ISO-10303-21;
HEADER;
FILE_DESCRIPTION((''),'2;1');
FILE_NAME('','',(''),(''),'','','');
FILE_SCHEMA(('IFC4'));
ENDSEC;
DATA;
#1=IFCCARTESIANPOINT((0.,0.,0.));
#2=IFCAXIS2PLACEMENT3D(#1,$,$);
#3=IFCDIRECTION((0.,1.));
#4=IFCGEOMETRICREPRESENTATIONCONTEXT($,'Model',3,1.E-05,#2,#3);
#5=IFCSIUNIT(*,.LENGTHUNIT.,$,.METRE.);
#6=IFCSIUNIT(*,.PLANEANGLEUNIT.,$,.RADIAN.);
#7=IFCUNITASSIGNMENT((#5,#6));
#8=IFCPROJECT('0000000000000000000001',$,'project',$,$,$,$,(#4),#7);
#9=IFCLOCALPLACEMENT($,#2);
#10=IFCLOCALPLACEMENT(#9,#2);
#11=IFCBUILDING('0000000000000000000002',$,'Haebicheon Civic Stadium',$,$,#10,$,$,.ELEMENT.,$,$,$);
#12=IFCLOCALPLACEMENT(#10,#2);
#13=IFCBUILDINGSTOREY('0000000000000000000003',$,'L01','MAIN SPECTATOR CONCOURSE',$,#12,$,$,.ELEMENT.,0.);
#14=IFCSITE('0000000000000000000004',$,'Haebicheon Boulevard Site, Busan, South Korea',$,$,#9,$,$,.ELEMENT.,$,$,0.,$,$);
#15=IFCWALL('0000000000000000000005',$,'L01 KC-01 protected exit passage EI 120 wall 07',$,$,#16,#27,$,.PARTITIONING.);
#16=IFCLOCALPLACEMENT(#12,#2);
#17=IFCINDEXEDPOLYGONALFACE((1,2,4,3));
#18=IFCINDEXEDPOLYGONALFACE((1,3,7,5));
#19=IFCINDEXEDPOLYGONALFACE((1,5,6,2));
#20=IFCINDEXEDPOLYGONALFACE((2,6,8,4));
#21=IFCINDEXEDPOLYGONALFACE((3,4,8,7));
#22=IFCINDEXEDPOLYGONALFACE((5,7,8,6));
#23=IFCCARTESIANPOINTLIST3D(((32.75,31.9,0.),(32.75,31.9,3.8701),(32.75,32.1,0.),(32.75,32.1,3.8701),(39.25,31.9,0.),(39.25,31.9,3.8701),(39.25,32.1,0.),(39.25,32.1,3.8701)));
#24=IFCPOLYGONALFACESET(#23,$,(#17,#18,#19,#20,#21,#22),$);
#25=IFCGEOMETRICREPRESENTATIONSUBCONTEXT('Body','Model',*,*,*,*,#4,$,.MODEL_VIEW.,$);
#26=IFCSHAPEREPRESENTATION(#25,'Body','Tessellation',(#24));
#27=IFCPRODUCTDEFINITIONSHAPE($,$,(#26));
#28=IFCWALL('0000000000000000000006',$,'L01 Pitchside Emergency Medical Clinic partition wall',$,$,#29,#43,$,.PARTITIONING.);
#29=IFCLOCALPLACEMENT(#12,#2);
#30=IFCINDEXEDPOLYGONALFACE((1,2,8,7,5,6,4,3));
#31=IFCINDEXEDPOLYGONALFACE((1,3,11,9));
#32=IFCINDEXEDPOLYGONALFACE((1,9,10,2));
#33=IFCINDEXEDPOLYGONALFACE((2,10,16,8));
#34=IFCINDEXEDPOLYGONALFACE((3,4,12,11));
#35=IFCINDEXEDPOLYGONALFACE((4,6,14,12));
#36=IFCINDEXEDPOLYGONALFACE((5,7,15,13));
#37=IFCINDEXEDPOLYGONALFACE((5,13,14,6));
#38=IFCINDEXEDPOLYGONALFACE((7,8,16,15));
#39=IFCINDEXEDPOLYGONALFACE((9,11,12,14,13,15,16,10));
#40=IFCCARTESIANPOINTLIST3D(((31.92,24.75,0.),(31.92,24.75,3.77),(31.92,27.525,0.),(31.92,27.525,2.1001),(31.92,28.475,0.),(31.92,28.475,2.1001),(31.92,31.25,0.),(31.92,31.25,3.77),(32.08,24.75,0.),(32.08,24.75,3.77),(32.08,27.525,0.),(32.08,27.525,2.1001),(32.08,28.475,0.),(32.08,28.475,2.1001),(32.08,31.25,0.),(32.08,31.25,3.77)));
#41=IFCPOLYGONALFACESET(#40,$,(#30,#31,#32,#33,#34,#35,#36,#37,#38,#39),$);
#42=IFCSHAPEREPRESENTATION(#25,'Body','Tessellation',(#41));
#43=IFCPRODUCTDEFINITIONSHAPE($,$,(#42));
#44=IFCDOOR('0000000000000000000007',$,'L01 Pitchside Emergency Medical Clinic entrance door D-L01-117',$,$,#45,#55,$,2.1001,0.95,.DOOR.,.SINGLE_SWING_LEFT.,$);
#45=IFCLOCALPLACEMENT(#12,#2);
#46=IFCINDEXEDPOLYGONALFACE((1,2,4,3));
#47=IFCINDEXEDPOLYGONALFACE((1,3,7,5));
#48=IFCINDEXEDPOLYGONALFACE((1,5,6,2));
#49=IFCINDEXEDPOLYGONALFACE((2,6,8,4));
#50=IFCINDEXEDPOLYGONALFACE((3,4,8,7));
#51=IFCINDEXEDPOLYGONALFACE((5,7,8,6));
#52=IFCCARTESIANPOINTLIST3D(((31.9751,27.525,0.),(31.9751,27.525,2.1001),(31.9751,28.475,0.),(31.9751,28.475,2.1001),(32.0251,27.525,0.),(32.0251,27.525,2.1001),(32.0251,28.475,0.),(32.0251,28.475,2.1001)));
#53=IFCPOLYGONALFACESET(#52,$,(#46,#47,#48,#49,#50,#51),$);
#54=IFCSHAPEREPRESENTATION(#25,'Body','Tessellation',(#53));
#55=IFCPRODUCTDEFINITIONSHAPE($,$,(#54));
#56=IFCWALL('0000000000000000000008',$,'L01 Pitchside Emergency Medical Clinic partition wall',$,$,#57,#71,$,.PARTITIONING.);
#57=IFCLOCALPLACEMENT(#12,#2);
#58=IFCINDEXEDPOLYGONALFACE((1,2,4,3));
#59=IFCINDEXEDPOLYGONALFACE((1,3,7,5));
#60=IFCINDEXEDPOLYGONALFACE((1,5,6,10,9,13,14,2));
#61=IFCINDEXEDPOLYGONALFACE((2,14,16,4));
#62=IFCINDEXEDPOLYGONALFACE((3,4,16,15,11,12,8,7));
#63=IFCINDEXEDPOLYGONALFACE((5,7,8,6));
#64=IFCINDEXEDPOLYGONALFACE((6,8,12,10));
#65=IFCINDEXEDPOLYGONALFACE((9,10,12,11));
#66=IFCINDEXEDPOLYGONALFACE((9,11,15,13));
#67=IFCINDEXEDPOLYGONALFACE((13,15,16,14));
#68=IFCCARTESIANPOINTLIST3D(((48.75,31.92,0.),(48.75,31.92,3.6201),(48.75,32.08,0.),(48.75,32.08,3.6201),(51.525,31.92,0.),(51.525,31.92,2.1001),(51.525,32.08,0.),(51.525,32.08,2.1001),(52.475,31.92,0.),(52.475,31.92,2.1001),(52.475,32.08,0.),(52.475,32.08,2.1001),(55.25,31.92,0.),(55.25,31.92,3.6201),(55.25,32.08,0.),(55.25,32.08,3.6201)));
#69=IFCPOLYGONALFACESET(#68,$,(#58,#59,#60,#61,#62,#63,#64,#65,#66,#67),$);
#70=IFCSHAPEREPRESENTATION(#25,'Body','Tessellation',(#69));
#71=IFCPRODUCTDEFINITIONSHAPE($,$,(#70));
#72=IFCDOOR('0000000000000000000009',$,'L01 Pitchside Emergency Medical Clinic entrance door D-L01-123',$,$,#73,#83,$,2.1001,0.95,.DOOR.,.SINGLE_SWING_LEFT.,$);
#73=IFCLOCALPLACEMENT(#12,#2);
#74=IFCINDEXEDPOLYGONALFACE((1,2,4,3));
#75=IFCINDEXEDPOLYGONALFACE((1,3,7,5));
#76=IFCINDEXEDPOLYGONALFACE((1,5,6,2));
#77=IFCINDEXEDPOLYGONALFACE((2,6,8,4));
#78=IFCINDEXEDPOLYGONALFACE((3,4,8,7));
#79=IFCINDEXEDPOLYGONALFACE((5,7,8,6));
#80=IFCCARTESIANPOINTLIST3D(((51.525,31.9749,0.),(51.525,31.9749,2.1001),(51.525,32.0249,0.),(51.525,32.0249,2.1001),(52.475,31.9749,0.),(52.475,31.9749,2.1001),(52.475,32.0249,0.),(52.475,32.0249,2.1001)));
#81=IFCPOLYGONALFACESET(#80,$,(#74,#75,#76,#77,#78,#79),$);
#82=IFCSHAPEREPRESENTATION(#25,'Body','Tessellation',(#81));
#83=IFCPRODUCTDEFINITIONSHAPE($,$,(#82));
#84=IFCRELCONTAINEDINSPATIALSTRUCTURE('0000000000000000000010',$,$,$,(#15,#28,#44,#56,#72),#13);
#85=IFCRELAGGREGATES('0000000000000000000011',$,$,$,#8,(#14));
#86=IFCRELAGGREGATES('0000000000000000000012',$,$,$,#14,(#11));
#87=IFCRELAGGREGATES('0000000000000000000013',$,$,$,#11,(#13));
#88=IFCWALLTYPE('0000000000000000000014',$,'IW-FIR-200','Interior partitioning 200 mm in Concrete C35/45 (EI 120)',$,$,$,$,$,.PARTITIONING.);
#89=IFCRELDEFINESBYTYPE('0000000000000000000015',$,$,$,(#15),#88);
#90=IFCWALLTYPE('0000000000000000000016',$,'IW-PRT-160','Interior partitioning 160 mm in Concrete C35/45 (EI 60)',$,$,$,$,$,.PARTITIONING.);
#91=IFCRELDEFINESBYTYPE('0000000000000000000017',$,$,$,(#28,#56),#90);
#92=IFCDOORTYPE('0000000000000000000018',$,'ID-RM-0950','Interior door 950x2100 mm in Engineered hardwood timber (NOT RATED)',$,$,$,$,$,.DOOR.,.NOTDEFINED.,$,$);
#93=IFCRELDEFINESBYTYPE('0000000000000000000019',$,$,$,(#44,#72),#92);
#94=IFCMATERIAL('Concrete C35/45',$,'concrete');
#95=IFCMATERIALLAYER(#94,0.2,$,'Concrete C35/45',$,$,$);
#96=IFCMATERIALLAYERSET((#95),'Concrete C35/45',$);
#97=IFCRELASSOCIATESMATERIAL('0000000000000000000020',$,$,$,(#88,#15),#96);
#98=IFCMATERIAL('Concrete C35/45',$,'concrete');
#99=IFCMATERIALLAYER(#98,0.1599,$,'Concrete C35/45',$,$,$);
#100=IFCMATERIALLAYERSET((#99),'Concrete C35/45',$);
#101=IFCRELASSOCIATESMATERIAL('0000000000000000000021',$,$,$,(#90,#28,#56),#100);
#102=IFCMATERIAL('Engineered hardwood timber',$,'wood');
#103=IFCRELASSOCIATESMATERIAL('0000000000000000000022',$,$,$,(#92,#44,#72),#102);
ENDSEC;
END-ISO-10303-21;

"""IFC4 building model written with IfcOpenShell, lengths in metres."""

from ifc_helpers import new_model, si_unit, direction, frame, frame_2d, origin, place, context, subcontext, project, spatial, rectangle, extrude, material, layer, layer_set, type_object, element, fill, save


model = new_model("IFC4")

# Units and contexts
model_context = context("Model", 3, precision=1e-05, world=origin(), true_north=direction((0.0, 1.0)))
body_context = subcontext(model_context, "Body", "Model", "MODEL_VIEW")
ifc_project = project(units=[si_unit("LENGTHUNIT", "METRE"), si_unit("PLANEANGLEUNIT", "RADIAN")], contexts=[model_context])

# Site, building, storey
site_placement = place(None, origin())
site = spatial("IfcSite", under=ifc_project, at=site_placement, Name="Haebicheon Boulevard Site, Busan, South Korea", CompositionType="ELEMENT", RefElevation=0.0)
building_placement = place(site_placement, origin())
building = spatial("IfcBuilding", under=site, at=building_placement, Name="Haebicheon Civic Stadium", CompositionType="ELEMENT")
storey_placement = place(building_placement, origin())
storey = spatial("IfcBuildingStorey", under=building, at=storey_placement, Name="L01", Description="MAIN SPECTATOR CONCOURSE", CompositionType="ELEMENT", Elevation=0.0)

# Wall
ifc_material_1 = material(Name="Concrete C35/45", Category="concrete")
ifc_layer_1 = layer(ifc_material_1, 0.2, Name="Concrete C35/45")
ifc_layer_set_1 = layer_set([ifc_layer_1], Name="Concrete C35/45")
wall_type_1 = type_object("IfcWallType", Name="IW-FIR-200", Description="Interior partitioning 200 mm in Concrete C35/45 (EI 120)", PredefinedType="PARTITIONING", material=ifc_layer_set_1)
wall_1_placement = place(storey_placement, frame((32.75, 32.0, 0.0), z_axis=(0.0, 0.0, 1.0), x_axis=(1.0, 0.0, 0.0)))
element("IfcWall", 1, at=wall_1_placement, inside=storey, type_object=wall_type_1, material=ifc_layer_set_1, Name="L01 KC-01 protected exit passage EI 120 wall 07", PredefinedType="PARTITIONING", context=body_context, shape_type="SweptSolid", body=[
    extrude(rectangle(XDim=6.5, YDim=0.2, at=frame_2d((3.25, 0.0))), origin(), (0.0, 0.0, 1.0), 3.8701),
])

# Walls, openings, doors
ifc_material_2 = material(Name="Concrete C35/45", Category="concrete")
ifc_layer_2 = layer(ifc_material_2, 0.1599, Name="Concrete C35/45")
ifc_layer_set_2 = layer_set([ifc_layer_2], Name="Concrete C35/45")
wall_type_2 = type_object("IfcWallType", Name="IW-PRT-160", Description="Interior partitioning 160 mm in Concrete C35/45 (EI 60)", PredefinedType="PARTITIONING", material=ifc_layer_set_2)
wall_2_placement = place(storey_placement, frame((32.0, 24.75, 0.0), z_axis=(0.0, 0.0, 1.0), x_axis=(0.0, 1.0, 0.0)))
wall_2 = element("IfcWall", 2, at=wall_2_placement, inside=storey, type_object=wall_type_2, material=ifc_layer_set_2, Name="L01 Pitchside Emergency Medical Clinic partition wall", PredefinedType="PARTITIONING", context=body_context, shape_type="SweptSolid", body=[
    extrude(rectangle(XDim=6.5, YDim=0.1599, at=frame_2d((3.25, 0.0))), origin(), (0.0, 0.0, 1.0), 3.77),
])
opening_1_placement = place(wall_2_placement, frame((2.7749, 0.0, 0.0)))
opening_1 = element("IfcOpeningElement", 3, at=opening_1_placement, cuts=wall_2, PredefinedType="OPENING", context=body_context, shape_type="SweptSolid", body=[
    extrude(rectangle(XDim=0.95, YDim=2.1001, at=frame_2d((0.4751, 1.05))), frame((0.0, 0.0898, 0.0), z_axis=(0.0, -1.0, 0.0), x_axis=(1.0, 0.0, 0.0)), (0.0, 0.0, 1.0), 0.1799),
])
ifc_material_3 = material(Name="Engineered hardwood timber", Category="wood")
door_type = type_object("IfcDoorType", Name="ID-RM-0950", Description="Interior door 950x2100 mm in Engineered hardwood timber (NOT RATED)", OperationType="NOTDEFINED", PredefinedType="DOOR", material=ifc_material_3)
door_1_placement = place(opening_1_placement, origin())
door_1 = element("IfcDoor", 4, at=door_1_placement, inside=storey, type_object=door_type, material=ifc_material_3, Name="L01 Pitchside Emergency Medical Clinic entrance door D-L01-117", OperationType="SINGLE_SWING_LEFT", OverallHeight=2.1001, OverallWidth=0.95, PredefinedType="DOOR", context=body_context, shape_type="SweptSolid", body=[
    extrude(rectangle(XDim=0.95, YDim=2.1001, at=frame_2d((0.4751, 1.05))), frame((0.0, 0.0249, 0.0), z_axis=(0.0, -1.0, 0.0), x_axis=(1.0, 0.0, 0.0)), (0.0, 0.0, 1.0), 0.05),
])
fill(opening_1, door_1)
wall_3_placement = place(storey_placement, frame((48.75, 32.0, 0.0), z_axis=(0.0, 0.0, 1.0), x_axis=(1.0, 0.0, 0.0)))
wall_3 = element("IfcWall", 5, at=wall_3_placement, inside=storey, type_object=wall_type_2, material=ifc_layer_set_2, Name="L01 Pitchside Emergency Medical Clinic partition wall", PredefinedType="PARTITIONING", context=body_context, shape_type="SweptSolid", body=[
    extrude(rectangle(XDim=6.5, YDim=0.1599, at=frame_2d((3.25, 0.0))), origin(), (0.0, 0.0, 1.0), 3.6201),
])
opening_2_placement = place(wall_3_placement, frame((2.7749, 0.0, 0.0)))
opening_2 = element("IfcOpeningElement", 6, at=opening_2_placement, cuts=wall_3, PredefinedType="OPENING", context=body_context, shape_type="SweptSolid", body=[
    extrude(rectangle(XDim=0.95, YDim=2.1001, at=frame_2d((0.4751, 1.05))), frame((0.0, 0.0898, 0.0), z_axis=(0.0, -1.0, 0.0), x_axis=(1.0, 0.0, 0.0)), (0.0, 0.0, 1.0), 0.1799),
])
door_2_placement = place(opening_2_placement, origin())
door_2 = element("IfcDoor", 7, at=door_2_placement, inside=storey, type_object=door_type, material=ifc_material_3, Name="L01 Pitchside Emergency Medical Clinic entrance door D-L01-123", OperationType="SINGLE_SWING_LEFT", OverallHeight=2.1001, OverallWidth=0.95, PredefinedType="DOOR", context=body_context, shape_type="SweptSolid", body=[
    extrude(rectangle(XDim=0.95, YDim=2.1001, at=frame_2d((0.4751, 1.05))), frame((0.0, 0.0249, 0.0), z_axis=(0.0, -1.0, 0.0), x_axis=(1.0, 0.0, 0.0)), (0.0, 0.0, 1.0), 0.05),
])
fill(opening_2, door_2)

save(model, "model.ifc")
